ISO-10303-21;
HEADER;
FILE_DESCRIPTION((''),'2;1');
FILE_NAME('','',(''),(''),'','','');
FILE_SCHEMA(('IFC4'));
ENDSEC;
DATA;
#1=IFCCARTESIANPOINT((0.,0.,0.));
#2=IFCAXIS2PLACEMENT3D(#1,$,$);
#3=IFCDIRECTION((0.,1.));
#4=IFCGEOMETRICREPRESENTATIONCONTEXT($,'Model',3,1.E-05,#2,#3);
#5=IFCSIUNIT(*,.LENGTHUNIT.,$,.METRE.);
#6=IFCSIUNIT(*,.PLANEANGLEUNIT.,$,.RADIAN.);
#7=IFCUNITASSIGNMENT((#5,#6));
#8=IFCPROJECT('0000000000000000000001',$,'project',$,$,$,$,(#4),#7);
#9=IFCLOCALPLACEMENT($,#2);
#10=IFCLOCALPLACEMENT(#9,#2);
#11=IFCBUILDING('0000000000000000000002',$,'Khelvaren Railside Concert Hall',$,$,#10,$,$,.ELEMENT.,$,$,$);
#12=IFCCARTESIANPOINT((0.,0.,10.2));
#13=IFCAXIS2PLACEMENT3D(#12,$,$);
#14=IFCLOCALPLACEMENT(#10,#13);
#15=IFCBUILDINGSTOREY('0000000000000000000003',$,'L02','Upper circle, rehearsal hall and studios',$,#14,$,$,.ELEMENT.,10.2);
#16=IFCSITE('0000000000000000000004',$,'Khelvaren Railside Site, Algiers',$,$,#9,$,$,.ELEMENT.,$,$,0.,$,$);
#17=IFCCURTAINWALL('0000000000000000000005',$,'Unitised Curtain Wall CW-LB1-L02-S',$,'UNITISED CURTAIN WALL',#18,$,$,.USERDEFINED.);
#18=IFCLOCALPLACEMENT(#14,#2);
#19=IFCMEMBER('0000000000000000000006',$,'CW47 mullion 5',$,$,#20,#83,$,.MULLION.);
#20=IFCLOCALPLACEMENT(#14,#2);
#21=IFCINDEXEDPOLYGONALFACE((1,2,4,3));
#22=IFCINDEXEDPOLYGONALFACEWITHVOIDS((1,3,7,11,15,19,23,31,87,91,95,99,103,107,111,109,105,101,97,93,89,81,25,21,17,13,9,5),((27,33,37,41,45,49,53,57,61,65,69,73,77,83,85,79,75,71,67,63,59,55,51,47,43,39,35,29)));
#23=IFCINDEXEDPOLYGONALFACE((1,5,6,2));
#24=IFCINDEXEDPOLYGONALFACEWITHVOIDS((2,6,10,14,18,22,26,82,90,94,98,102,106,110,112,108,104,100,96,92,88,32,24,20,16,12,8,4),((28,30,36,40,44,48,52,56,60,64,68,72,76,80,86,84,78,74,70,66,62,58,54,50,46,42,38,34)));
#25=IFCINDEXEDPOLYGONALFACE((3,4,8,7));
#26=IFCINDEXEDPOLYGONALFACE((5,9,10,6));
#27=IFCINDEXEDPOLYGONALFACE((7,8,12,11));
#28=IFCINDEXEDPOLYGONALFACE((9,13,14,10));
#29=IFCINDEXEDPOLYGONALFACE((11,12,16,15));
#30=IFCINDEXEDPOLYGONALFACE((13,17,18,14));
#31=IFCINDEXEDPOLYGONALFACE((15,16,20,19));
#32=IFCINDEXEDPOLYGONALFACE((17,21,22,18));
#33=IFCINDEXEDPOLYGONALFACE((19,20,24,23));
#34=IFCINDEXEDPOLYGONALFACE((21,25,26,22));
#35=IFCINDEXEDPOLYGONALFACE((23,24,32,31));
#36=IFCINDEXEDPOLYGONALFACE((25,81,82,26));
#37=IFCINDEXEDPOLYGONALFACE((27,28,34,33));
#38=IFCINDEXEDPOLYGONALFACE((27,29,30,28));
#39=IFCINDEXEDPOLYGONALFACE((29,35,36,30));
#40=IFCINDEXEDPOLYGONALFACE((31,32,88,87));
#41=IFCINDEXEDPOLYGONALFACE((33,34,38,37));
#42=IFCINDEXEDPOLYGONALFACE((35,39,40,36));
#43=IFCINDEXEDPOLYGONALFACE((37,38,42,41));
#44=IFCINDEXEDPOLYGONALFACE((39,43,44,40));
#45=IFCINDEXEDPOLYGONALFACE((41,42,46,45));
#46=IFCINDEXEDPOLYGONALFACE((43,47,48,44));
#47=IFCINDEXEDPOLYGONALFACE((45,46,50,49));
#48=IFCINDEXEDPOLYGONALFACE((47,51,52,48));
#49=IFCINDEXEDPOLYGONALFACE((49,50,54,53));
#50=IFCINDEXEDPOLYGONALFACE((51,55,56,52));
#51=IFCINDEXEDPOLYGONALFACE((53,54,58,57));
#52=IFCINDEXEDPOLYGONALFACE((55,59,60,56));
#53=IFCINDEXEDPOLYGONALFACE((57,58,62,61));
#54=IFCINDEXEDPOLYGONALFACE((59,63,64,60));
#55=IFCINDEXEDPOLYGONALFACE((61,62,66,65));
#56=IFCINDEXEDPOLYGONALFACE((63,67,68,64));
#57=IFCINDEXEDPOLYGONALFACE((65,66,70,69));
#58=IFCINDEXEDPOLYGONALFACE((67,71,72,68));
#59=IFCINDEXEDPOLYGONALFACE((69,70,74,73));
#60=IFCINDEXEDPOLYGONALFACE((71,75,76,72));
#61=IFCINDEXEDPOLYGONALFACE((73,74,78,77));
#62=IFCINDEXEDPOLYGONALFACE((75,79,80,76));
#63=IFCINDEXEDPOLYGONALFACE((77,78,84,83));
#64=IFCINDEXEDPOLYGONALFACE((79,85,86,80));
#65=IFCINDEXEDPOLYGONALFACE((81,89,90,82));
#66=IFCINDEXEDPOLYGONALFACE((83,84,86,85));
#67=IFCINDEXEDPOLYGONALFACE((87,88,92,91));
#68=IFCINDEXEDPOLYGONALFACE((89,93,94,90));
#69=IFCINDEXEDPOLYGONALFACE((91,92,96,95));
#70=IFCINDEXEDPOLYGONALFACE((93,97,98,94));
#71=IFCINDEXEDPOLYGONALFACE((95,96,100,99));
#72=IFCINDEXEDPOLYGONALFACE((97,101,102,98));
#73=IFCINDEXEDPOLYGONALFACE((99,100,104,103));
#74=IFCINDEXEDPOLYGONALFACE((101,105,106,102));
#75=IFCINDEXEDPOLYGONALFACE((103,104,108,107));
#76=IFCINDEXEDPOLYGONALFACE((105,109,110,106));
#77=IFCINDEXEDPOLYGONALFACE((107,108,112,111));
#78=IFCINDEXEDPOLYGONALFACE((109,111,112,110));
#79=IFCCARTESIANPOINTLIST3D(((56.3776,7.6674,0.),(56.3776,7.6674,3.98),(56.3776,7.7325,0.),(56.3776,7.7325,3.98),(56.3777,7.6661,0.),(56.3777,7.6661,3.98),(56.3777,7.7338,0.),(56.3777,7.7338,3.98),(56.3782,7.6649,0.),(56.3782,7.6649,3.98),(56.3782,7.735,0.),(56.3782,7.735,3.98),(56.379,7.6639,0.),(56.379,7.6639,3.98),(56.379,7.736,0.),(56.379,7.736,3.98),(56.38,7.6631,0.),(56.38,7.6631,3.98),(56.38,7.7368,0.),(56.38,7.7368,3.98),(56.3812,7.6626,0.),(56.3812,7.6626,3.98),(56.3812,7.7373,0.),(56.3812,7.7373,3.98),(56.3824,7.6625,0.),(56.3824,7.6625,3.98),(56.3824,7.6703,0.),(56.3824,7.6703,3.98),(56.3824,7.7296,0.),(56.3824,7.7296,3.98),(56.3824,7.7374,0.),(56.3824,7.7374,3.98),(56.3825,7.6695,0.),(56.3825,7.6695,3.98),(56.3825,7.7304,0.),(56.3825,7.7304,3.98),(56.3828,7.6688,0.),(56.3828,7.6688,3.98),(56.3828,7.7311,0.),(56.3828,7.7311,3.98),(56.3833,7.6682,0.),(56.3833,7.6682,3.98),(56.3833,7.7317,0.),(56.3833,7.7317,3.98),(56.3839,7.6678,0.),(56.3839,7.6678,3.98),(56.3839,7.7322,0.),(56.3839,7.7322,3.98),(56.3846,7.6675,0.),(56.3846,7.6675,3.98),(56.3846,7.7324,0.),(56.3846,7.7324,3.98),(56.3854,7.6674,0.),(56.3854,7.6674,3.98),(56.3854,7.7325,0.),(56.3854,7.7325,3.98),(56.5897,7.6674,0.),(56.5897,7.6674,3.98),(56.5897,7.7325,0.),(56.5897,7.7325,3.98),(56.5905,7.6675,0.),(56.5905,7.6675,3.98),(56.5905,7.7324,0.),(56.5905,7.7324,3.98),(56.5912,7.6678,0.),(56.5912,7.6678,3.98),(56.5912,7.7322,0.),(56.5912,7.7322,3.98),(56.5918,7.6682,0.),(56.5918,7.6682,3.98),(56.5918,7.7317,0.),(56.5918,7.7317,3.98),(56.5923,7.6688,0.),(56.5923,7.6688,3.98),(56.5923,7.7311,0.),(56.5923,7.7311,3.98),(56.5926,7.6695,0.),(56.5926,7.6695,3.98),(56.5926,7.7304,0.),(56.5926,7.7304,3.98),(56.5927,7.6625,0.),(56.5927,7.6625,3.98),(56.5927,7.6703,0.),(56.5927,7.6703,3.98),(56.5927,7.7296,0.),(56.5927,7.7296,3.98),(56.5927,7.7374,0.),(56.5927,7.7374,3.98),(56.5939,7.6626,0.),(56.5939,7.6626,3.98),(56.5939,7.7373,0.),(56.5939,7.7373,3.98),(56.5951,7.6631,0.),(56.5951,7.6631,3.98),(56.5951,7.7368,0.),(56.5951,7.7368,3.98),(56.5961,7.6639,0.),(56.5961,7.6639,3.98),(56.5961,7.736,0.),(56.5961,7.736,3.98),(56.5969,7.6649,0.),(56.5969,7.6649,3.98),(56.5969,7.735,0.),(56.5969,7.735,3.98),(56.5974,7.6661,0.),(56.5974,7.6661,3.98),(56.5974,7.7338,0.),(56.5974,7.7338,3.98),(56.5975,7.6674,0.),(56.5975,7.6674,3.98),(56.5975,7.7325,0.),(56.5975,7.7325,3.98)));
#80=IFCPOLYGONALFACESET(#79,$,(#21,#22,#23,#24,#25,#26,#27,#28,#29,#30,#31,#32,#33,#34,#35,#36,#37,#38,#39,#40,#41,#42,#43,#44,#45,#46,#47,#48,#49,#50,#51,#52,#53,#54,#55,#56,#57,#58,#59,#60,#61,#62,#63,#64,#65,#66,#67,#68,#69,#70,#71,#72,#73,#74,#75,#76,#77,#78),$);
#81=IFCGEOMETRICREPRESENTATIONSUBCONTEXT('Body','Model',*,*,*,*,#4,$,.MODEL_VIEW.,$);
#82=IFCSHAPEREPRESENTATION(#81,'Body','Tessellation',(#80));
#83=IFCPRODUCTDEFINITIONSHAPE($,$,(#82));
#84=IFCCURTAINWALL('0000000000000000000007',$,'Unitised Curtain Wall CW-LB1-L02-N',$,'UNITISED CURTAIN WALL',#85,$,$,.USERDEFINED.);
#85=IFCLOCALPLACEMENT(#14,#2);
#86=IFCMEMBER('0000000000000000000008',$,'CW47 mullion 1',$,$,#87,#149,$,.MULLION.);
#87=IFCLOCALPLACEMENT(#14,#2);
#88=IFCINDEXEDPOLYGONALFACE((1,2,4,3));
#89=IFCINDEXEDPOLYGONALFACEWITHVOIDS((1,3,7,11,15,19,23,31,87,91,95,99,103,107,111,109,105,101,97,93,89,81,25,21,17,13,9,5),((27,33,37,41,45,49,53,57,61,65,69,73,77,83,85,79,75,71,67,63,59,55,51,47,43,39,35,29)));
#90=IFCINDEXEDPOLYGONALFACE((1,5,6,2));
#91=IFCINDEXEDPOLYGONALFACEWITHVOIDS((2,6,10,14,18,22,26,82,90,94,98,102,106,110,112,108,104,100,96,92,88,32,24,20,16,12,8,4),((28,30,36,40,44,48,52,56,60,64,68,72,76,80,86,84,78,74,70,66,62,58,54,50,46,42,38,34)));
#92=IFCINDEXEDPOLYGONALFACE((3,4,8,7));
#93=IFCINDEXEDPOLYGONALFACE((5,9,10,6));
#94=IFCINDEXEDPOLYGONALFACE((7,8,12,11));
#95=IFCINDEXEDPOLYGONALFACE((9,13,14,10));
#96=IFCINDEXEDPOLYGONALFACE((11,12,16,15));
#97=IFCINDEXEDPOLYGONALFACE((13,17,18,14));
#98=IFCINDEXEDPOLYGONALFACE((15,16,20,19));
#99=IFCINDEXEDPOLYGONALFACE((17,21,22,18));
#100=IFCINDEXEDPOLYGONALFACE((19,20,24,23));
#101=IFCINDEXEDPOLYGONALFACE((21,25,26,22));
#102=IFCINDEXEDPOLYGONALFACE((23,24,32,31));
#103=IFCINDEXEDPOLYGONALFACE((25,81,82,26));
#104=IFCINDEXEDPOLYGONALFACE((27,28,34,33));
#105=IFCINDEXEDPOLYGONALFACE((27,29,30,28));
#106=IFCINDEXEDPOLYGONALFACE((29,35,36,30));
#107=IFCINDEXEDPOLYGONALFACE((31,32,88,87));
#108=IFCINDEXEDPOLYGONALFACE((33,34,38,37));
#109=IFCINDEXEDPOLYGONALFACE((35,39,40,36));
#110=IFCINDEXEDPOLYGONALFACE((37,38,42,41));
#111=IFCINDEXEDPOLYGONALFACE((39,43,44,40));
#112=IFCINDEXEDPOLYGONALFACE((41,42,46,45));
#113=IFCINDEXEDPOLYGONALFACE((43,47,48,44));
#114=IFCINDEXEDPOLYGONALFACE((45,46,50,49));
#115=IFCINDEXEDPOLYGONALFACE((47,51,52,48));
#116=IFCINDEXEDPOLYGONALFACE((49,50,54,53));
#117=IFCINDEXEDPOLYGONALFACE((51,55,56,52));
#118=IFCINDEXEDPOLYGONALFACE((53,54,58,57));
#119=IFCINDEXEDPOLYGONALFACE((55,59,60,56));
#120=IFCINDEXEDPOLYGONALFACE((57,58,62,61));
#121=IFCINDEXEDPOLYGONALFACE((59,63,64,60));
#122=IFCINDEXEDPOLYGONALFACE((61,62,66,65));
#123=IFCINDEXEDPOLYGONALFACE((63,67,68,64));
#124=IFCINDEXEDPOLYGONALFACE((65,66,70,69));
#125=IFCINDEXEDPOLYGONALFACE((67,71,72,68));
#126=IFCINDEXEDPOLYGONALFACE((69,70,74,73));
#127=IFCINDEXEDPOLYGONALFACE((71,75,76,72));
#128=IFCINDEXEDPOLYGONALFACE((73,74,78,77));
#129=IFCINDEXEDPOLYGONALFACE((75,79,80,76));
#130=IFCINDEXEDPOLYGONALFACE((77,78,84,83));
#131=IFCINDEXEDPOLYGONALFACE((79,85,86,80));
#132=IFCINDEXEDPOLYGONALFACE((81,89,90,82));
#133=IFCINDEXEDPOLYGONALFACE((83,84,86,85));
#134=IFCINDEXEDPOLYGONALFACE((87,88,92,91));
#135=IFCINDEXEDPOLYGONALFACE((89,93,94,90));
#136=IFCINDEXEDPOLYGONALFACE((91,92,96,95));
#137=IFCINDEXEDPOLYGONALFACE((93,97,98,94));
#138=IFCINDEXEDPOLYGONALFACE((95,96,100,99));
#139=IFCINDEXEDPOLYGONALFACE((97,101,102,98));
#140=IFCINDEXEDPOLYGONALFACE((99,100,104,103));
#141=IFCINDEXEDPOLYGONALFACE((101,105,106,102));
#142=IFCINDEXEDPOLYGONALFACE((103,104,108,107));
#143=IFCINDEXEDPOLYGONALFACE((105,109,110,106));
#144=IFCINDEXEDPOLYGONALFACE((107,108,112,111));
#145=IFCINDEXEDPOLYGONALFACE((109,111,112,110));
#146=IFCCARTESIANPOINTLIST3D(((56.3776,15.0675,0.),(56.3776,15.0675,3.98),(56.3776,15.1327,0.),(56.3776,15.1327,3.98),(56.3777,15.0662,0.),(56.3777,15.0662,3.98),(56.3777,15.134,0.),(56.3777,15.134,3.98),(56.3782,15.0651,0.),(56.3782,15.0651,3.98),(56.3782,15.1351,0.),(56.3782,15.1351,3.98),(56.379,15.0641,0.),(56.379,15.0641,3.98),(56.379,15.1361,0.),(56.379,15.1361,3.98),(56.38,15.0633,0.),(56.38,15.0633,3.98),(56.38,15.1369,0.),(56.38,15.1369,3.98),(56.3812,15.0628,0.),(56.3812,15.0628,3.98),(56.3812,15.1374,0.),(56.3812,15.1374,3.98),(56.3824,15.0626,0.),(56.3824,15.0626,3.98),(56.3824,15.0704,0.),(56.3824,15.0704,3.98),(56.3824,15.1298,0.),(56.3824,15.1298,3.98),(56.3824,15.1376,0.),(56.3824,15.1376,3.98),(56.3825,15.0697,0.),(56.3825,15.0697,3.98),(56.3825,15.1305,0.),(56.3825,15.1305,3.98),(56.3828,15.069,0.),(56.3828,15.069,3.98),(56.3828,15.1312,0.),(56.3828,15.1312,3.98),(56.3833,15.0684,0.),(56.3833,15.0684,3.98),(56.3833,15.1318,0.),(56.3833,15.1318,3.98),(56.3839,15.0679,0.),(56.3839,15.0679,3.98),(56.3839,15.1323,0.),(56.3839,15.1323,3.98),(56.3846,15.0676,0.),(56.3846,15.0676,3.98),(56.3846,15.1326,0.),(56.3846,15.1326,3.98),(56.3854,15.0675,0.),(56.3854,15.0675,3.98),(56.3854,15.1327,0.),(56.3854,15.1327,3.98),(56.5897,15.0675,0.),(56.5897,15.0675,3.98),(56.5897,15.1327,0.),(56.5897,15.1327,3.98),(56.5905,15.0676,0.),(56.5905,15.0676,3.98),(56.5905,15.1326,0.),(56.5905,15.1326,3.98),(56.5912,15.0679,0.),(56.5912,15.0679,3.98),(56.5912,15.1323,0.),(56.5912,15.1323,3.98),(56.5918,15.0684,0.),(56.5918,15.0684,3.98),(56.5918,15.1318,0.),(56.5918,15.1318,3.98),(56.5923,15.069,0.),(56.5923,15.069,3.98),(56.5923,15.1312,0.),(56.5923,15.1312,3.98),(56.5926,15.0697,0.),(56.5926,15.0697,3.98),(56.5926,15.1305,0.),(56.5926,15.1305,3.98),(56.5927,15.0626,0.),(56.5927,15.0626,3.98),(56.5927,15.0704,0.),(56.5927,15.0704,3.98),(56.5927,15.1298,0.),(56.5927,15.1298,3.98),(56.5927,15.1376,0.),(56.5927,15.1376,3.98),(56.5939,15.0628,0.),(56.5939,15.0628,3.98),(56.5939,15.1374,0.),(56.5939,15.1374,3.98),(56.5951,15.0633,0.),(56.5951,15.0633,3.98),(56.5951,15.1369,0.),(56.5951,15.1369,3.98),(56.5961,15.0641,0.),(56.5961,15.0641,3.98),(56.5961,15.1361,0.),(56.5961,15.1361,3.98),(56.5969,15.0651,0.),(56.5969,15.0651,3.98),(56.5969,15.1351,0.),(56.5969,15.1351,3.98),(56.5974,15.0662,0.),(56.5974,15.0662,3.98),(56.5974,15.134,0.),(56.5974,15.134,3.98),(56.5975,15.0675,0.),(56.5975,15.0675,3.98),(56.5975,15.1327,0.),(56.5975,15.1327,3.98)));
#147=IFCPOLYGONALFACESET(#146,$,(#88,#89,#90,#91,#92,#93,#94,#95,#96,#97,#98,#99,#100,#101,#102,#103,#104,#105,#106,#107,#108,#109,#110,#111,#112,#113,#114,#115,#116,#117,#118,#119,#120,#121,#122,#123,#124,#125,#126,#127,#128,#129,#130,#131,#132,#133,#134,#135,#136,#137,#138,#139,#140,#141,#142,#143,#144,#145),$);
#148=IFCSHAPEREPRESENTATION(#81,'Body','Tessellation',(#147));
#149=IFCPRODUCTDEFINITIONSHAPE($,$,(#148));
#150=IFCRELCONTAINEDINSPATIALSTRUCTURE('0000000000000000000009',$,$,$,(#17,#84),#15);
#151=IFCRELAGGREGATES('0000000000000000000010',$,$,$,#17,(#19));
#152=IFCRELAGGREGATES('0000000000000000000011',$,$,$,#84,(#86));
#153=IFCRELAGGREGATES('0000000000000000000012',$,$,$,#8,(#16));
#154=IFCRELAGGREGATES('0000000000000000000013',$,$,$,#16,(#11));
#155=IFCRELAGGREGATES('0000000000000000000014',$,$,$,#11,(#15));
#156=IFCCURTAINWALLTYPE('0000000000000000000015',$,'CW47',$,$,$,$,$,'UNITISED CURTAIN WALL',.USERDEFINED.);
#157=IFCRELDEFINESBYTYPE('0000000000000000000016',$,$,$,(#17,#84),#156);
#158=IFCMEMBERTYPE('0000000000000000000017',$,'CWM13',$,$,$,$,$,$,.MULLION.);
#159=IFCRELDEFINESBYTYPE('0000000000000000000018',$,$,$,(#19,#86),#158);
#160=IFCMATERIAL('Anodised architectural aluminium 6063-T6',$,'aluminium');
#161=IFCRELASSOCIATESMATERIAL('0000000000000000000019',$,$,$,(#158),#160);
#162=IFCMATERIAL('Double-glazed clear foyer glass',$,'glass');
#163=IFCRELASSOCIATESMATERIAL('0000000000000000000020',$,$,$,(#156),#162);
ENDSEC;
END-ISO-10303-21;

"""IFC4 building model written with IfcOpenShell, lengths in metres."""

from ifc_helpers import new_model, si_unit, direction, frame, origin, origin_2d, place, context, subcontext, project, spatial, hollow_rectangle, extrude, material, material_profile, profile_set, type_object, element, aggregate, save


model = new_model("IFC4")

# Units and contexts
model_context = context("Model", 3, precision=1e-05, world=origin(), true_north=direction((0.0, 1.0)))
body_context = subcontext(model_context, "Body", "Model", "MODEL_VIEW")
ifc_project = project(units=[si_unit("LENGTHUNIT", "METRE"), si_unit("PLANEANGLEUNIT", "RADIAN")], contexts=[model_context])

# Site, building, storey
site_placement = place(None, origin())
site = spatial("IfcSite", under=ifc_project, at=site_placement, Name="Khelvaren Railside Site, Algiers", CompositionType="ELEMENT", RefElevation=0.0)
building_placement = place(site_placement, origin())
building = spatial("IfcBuilding", under=site, at=building_placement, Name="Khelvaren Railside Concert Hall", CompositionType="ELEMENT")
storey_placement = place(building_placement, frame((0.0, 0.0, 10.2)))
storey = spatial("IfcBuildingStorey", under=building, at=storey_placement, Name="L02", Description="Upper circle, rehearsal hall and studios", CompositionType="ELEMENT", Elevation=10.2)

# Shared definitions
ifc_material_1 = material(Name="Double-glazed clear foyer glass", Category="glass")
ifc_material_2 = material(Name="Anodised architectural aluminium 6063-T6", Category="aluminium")
ifc_material_profile_1 = material_profile(ifc_material_2, hollow_rectangle(XDim=0.075, YDim=0.22, WallThickness=0.0049, InnerFilletRadius=0.0029, OuterFilletRadius=0.0049, at=origin_2d()), Name="CWM 75x220x5")
ifc_profile_set_1 = profile_set([ifc_material_profile_1], Name="Anodised architectural aluminium 6063-T6")
member_type_1 = type_object("IfcMemberType", Name="CWM13", PredefinedType="MULLION", material=ifc_profile_set_1)

# Curtain walls, members
curtain_wall_type_1 = type_object("IfcCurtainWallType", Name="CW47", ElementType="UNITISED CURTAIN WALL", PredefinedType="USERDEFINED", material=ifc_material_1)
curtain_wall_1_placement = place(storey_placement, origin())
curtain_wall_1 = element("IfcCurtainWall", 1, at=curtain_wall_1_placement, inside=storey, type_object=curtain_wall_type_1, Name="Unitised Curtain Wall CW-LB1-L02-S", ObjectType="UNITISED CURTAIN WALL", PredefinedType="USERDEFINED")
member_1_placement = place(storey_placement, frame((56.4875, 7.7, 0.0), z_axis=(0.0, 0.0, 1.0), x_axis=(0.0, -1.0, 0.0)))
member_1 = element("IfcMember", 2, at=member_1_placement, type_object=member_type_1, Name="CW47 mullion 5", PredefinedType="MULLION", context=body_context, shape_type="SweptSolid", body=[
    extrude(hollow_rectangle(XDim=0.075, YDim=0.22, WallThickness=0.0049, InnerFilletRadius=0.0029, OuterFilletRadius=0.0049, at=origin_2d()), origin(), (0.0, 0.0, 1.0), 3.98),
])
curtain_wall_2_placement = place(storey_placement, origin())
curtain_wall_2 = element("IfcCurtainWall", 3, at=curtain_wall_2_placement, inside=storey, type_object=curtain_wall_type_1, Name="Unitised Curtain Wall CW-LB1-L02-N", ObjectType="UNITISED CURTAIN WALL", PredefinedType="USERDEFINED")
member_2_placement = place(storey_placement, frame((56.4875, 15.1001, 0.0), z_axis=(0.0, 0.0, 1.0), x_axis=(0.0, 1.0, 0.0)))
member_2 = element("IfcMember", 4, at=member_2_placement, type_object=member_type_1, Name="CW47 mullion 1", PredefinedType="MULLION", context=body_context, shape_type="SweptSolid", body=[
    extrude(hollow_rectangle(XDim=0.075, YDim=0.22, WallThickness=0.0049, InnerFilletRadius=0.0029, OuterFilletRadius=0.0049, at=origin_2d()), origin(), (0.0, 0.0, 1.0), 3.98),
])

aggregate(curtain_wall_1, [member_1])
aggregate(curtain_wall_2, [member_2])

save(model, "model.ifc")
